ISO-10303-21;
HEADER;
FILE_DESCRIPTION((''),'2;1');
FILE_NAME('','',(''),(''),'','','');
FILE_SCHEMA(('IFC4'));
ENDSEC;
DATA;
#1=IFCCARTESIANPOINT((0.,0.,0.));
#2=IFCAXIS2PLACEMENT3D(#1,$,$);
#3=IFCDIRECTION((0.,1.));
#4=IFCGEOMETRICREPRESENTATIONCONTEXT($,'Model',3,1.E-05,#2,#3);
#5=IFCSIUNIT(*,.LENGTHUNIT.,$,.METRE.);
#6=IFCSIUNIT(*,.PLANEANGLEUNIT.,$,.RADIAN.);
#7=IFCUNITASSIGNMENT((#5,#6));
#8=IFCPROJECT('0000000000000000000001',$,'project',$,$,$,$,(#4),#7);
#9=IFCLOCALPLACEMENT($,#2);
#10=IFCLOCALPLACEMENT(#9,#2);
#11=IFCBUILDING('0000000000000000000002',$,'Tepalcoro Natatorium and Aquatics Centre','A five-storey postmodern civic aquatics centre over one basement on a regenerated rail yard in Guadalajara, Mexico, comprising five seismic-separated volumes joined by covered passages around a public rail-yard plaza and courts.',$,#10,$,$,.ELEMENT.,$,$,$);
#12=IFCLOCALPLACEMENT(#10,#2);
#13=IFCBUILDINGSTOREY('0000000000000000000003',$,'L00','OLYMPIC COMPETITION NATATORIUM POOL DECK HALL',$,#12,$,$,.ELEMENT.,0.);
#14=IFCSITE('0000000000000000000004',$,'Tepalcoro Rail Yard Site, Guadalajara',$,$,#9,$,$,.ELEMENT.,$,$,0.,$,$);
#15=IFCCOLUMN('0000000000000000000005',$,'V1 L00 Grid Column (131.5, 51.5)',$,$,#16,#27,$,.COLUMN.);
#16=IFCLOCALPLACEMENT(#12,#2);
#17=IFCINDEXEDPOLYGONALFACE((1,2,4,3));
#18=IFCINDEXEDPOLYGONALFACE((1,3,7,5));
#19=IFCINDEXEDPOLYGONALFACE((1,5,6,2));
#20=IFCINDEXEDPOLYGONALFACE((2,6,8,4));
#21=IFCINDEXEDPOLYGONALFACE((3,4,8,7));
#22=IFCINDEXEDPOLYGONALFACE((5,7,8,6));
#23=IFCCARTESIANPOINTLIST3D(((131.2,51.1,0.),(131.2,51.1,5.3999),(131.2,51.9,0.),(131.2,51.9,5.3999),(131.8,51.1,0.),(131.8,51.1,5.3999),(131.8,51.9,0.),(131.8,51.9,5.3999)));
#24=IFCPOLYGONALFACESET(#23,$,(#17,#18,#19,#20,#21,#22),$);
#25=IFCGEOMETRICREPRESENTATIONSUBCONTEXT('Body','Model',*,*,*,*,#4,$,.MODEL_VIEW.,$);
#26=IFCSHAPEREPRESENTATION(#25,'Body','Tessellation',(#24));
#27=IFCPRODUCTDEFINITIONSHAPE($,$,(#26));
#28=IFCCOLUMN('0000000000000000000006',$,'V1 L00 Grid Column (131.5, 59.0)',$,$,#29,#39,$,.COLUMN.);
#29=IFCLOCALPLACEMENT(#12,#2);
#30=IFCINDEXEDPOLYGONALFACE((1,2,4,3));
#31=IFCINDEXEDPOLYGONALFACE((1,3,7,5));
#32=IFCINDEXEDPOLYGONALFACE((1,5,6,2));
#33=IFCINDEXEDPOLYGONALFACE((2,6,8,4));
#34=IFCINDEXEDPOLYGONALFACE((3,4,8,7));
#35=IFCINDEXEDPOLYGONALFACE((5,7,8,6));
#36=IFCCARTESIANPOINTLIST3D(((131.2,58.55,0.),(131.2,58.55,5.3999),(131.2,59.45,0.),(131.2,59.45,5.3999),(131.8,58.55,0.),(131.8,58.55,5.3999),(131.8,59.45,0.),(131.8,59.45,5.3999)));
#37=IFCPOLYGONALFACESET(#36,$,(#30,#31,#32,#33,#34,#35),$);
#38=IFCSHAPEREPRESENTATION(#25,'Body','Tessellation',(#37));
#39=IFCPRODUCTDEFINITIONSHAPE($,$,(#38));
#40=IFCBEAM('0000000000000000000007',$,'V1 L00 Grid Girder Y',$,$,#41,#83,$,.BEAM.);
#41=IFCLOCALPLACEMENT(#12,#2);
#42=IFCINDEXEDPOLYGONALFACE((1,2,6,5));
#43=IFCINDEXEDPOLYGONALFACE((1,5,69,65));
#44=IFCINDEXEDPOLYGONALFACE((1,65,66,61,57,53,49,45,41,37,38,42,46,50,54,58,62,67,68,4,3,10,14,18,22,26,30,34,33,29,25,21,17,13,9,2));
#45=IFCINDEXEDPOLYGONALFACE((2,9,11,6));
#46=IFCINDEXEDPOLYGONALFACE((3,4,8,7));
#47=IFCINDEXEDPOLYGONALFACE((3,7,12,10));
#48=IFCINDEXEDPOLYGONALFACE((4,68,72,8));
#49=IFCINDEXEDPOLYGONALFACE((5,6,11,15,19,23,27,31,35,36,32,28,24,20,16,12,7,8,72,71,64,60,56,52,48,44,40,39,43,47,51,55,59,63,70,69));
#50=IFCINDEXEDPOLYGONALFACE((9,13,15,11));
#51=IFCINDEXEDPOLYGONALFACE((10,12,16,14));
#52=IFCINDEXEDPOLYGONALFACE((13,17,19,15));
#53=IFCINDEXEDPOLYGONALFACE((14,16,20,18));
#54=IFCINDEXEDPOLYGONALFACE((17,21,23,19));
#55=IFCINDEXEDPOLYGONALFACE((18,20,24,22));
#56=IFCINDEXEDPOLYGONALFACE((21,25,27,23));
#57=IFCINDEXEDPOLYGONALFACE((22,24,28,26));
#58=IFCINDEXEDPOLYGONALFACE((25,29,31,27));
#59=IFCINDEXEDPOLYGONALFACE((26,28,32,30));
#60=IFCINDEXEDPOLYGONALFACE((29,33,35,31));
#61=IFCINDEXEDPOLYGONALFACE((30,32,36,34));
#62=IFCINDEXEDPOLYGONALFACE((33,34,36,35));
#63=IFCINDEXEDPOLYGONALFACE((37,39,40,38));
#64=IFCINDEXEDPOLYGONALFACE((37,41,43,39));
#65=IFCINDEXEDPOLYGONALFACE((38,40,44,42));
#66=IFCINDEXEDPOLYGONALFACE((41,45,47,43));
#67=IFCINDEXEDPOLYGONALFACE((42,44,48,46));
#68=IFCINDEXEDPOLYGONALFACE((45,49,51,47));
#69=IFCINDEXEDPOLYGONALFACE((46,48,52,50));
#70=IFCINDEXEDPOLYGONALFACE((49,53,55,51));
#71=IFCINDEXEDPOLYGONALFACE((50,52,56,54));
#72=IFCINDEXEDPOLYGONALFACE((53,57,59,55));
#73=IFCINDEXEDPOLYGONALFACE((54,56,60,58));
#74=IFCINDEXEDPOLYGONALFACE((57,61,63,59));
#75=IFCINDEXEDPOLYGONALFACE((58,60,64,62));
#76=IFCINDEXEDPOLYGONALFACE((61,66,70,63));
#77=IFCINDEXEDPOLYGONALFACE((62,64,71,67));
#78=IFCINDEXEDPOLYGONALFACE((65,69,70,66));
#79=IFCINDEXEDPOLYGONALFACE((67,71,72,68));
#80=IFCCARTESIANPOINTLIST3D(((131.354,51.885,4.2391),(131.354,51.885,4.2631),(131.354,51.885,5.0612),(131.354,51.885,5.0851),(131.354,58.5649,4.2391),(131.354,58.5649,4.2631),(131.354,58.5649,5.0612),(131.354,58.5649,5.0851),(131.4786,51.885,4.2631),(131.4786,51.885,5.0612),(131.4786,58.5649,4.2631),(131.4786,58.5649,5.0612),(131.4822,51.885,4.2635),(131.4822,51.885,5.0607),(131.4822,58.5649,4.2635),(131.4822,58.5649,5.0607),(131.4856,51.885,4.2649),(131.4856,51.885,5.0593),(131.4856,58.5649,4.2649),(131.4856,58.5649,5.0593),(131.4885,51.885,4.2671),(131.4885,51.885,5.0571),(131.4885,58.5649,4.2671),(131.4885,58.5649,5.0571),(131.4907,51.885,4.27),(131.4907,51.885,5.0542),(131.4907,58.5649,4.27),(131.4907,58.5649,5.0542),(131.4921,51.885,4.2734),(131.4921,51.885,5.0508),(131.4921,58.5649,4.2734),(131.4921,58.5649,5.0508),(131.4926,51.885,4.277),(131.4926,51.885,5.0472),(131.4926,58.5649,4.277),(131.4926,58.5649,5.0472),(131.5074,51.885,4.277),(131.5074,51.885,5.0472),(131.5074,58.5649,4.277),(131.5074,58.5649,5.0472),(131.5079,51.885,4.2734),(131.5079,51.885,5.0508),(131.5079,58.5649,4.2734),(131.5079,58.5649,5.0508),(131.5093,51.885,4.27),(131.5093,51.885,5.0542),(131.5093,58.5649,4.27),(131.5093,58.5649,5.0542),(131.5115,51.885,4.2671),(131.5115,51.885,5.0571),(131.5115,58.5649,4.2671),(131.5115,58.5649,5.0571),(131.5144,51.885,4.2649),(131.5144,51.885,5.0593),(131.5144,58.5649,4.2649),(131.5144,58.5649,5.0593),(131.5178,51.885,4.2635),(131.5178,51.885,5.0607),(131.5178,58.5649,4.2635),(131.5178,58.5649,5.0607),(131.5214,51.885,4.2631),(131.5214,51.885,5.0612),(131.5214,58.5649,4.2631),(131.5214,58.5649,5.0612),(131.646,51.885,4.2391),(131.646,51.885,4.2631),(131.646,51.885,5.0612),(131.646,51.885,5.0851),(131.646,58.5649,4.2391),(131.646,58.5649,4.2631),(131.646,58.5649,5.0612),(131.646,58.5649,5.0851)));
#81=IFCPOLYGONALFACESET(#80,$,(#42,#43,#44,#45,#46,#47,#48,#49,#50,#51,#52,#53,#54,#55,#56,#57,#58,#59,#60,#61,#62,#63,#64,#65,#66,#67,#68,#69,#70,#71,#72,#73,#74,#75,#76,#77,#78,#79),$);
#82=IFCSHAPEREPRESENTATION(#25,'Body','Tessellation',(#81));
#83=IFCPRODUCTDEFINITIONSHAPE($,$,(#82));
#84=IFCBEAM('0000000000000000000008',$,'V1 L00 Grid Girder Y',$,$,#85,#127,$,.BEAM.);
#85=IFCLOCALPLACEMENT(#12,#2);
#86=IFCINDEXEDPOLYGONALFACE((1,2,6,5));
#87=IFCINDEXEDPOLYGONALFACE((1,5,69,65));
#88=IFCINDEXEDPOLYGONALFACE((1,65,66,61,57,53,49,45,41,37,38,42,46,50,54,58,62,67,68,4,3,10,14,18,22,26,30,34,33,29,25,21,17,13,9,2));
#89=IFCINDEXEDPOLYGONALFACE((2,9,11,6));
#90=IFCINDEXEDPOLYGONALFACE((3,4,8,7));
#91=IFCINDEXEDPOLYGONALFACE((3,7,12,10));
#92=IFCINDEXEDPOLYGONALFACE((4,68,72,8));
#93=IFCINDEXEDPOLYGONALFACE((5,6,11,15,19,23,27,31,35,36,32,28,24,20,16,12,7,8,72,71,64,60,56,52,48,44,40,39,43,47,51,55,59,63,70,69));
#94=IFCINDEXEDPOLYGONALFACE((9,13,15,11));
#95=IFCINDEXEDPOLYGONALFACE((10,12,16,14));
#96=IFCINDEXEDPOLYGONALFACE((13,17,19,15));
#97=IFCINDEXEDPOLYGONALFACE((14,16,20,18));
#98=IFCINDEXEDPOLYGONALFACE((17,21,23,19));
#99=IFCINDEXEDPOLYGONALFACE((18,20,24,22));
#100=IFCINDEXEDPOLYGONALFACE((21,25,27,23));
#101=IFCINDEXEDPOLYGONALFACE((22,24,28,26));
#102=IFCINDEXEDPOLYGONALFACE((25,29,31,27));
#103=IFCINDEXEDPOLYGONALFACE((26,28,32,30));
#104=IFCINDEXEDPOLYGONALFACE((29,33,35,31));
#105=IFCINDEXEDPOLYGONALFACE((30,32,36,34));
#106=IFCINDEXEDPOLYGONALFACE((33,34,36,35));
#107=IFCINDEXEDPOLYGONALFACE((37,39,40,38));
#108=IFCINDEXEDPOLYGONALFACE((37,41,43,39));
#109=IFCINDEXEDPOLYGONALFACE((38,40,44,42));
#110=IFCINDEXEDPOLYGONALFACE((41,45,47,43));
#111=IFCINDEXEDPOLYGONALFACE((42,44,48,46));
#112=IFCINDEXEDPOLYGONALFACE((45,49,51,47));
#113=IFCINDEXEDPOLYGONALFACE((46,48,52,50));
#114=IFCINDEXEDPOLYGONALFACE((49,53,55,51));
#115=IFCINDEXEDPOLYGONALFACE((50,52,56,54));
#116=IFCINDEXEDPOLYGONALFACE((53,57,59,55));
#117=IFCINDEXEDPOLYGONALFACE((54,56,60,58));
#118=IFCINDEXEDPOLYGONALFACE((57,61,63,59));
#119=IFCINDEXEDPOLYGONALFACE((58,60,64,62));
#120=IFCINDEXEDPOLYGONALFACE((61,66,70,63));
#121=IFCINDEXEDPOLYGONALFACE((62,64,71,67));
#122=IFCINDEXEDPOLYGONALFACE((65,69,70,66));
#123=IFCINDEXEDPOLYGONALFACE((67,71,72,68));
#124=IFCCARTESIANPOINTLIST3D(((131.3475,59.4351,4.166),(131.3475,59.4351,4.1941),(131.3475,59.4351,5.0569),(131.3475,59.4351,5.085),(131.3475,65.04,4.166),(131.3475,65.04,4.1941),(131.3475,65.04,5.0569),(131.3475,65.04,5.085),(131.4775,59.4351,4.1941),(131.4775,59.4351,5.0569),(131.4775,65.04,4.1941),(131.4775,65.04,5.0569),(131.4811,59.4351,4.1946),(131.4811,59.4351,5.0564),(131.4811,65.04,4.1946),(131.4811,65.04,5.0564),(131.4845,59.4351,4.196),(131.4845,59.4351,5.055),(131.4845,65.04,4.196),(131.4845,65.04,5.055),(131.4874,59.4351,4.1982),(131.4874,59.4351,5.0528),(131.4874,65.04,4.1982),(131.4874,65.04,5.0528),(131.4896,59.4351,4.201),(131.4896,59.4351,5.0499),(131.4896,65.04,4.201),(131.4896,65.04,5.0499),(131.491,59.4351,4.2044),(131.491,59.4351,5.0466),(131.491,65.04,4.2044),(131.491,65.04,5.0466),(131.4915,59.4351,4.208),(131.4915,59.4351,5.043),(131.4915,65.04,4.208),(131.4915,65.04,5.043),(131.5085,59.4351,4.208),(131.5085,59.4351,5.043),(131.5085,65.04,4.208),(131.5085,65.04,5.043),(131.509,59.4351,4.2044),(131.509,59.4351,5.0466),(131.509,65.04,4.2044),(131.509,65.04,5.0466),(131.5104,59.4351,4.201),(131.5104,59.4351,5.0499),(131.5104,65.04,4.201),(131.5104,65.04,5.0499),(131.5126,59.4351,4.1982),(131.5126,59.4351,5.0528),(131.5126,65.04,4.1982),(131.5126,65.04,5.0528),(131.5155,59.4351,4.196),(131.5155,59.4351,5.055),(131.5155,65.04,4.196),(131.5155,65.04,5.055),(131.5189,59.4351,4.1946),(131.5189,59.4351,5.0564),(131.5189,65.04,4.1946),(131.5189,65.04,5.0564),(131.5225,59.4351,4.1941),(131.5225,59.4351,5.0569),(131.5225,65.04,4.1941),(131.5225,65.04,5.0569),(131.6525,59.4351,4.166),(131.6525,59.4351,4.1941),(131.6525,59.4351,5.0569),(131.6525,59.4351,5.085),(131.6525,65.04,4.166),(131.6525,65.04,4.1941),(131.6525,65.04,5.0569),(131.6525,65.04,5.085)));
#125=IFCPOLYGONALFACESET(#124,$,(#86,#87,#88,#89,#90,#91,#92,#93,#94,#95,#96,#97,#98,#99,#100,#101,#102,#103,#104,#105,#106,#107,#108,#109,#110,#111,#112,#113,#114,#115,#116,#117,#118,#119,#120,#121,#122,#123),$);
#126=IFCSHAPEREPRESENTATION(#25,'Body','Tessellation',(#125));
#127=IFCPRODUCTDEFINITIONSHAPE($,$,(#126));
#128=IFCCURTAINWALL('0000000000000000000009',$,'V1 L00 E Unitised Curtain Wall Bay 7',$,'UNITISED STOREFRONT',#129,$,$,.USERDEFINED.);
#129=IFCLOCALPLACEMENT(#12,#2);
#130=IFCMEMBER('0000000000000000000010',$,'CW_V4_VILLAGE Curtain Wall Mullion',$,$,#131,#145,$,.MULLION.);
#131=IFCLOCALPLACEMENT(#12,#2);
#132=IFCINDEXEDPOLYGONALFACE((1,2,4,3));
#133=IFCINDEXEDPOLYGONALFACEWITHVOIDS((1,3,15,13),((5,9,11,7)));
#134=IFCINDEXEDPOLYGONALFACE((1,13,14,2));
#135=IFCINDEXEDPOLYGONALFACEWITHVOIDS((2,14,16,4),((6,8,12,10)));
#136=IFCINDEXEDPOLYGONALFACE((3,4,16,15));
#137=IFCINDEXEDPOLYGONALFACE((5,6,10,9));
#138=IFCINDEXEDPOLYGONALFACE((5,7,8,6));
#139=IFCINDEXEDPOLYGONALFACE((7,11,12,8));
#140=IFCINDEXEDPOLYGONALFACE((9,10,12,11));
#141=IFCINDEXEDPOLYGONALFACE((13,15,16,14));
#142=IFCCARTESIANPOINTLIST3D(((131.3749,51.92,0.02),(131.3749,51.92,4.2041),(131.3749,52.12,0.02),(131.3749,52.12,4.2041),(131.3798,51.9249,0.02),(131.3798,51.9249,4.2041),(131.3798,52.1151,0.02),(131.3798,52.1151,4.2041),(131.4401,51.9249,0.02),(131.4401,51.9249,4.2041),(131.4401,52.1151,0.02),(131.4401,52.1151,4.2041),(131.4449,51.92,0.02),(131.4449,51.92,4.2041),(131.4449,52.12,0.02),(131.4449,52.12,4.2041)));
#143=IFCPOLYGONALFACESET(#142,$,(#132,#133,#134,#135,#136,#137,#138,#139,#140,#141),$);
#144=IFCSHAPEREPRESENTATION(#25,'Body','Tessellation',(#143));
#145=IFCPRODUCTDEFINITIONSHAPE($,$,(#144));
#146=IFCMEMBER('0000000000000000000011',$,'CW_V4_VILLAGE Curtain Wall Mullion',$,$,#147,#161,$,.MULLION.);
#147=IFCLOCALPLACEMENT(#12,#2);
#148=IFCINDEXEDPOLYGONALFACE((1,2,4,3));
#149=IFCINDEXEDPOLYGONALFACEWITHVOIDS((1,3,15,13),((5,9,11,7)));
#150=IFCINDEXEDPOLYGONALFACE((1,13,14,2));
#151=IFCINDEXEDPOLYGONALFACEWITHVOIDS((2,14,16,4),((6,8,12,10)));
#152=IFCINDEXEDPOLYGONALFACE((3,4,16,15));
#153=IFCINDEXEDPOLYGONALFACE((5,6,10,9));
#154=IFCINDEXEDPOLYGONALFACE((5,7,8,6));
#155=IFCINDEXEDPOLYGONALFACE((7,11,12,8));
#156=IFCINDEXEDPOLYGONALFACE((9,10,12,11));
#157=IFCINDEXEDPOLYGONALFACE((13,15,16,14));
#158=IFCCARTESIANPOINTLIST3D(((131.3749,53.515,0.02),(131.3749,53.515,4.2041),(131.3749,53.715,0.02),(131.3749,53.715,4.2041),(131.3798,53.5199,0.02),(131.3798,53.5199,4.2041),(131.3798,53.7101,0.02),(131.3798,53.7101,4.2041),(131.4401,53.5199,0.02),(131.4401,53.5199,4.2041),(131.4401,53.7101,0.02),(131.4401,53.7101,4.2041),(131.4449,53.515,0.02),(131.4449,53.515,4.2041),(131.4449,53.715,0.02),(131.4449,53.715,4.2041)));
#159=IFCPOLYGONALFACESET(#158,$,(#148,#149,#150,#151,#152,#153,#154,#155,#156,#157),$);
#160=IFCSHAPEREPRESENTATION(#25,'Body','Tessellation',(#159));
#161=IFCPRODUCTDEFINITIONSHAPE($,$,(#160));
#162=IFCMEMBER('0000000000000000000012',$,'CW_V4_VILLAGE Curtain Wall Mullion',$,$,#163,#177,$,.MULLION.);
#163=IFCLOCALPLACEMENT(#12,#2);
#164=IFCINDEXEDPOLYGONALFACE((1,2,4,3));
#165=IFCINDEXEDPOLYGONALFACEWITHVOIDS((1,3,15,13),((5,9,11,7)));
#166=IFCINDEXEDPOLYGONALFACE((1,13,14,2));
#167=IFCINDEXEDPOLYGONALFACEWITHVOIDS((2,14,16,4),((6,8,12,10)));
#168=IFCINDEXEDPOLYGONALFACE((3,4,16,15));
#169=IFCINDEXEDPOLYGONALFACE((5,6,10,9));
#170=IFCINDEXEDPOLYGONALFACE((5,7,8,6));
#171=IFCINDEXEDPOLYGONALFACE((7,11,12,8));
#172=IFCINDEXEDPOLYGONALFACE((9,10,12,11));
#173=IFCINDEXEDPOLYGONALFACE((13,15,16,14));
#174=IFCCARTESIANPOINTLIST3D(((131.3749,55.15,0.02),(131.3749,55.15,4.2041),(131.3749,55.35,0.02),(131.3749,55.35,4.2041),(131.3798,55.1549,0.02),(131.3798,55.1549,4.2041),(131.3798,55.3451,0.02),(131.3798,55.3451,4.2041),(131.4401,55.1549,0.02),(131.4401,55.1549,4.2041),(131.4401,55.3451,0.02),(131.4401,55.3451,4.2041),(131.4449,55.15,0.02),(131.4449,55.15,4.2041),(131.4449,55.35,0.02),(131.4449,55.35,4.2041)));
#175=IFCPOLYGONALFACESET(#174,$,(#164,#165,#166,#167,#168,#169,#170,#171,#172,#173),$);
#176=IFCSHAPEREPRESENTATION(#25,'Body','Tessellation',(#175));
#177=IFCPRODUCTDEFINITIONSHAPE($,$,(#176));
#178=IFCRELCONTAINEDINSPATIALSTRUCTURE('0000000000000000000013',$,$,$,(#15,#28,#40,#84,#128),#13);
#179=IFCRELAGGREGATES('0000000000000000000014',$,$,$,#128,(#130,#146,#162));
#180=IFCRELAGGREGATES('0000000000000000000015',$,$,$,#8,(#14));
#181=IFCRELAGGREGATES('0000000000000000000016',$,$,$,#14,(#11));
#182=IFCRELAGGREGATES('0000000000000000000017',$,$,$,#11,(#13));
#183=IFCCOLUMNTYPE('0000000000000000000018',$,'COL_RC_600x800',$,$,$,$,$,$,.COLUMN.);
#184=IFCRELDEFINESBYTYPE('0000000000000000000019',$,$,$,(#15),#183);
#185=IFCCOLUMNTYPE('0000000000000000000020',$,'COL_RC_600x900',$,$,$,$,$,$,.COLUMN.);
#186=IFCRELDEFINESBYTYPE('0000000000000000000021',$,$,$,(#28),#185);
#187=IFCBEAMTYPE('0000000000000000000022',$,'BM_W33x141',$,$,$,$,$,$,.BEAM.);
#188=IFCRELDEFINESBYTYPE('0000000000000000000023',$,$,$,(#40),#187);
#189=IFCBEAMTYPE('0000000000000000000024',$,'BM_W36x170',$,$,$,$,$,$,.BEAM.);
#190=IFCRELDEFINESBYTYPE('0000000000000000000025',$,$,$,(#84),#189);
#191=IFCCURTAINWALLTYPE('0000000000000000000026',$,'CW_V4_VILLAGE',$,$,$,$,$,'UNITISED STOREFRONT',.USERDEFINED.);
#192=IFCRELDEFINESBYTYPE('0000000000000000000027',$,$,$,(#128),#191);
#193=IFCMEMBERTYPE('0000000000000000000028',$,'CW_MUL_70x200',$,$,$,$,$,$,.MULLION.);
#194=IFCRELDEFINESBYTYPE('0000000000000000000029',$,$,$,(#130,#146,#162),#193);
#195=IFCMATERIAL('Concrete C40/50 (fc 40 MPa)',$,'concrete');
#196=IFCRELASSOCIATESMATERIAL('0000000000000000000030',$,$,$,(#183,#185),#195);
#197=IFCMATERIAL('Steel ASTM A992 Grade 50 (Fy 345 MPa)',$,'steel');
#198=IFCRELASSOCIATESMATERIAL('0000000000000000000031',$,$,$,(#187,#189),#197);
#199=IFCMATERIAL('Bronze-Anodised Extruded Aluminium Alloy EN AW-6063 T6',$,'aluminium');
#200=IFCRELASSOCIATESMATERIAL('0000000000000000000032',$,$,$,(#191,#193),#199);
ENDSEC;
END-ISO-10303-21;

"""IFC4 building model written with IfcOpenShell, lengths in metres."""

from ifc_helpers import new_model, si_unit, direction, frame, origin, origin_2d, place, context, subcontext, project, spatial, rectangle, hollow_rectangle, i_section, extrude, material, material_profile, profile_set, type_object, element, aggregate, save


model = new_model("IFC4")

# Units and contexts
model_context = context("Model", 3, precision=1e-05, world=origin(), true_north=direction((0.0, 1.0)))
body_context = subcontext(model_context, "Body", "Model", "MODEL_VIEW")
ifc_project = project(units=[si_unit("LENGTHUNIT", "METRE"), si_unit("PLANEANGLEUNIT", "RADIAN")], contexts=[model_context])

# Site, building, storey
site_placement = place(None, origin())
site = spatial("IfcSite", under=ifc_project, at=site_placement, Name="Tepalcoro Rail Yard Site, Guadalajara", CompositionType="ELEMENT", RefElevation=0.0)
building_placement = place(site_placement, origin())
building = spatial("IfcBuilding", under=site, at=building_placement, Name="Tepalcoro Natatorium and Aquatics Centre", Description="A five-storey postmodern civic aquatics centre over one basement on a regenerated rail yard in Guadalajara, Mexico, comprising five seismic-separated volumes joined by covered passages around a public rail-yard plaza and courts.", CompositionType="ELEMENT")
storey_placement = place(building_placement, origin())
storey = spatial("IfcBuildingStorey", under=building, at=storey_placement, Name="L00", Description="OLYMPIC COMPETITION NATATORIUM POOL DECK HALL", CompositionType="ELEMENT", Elevation=0.0)

# Columns
ifc_material_1 = material(Name="Concrete C40/50 (fc 40 MPa)", Category="concrete")
ifc_material_profile_1 = material_profile(ifc_material_1, rectangle(XDim=0.6001, YDim=0.8, at=origin_2d()), Name="RC600x800")
ifc_profile_set_1 = profile_set([ifc_material_profile_1], Name="Concrete C40/50 (fc 40 MPa)")
column_type_1 = type_object("IfcColumnType", Name="COL_RC_600x800", PredefinedType="COLUMN", material=ifc_profile_set_1)
column_1_placement = place(storey_placement, frame((131.5, 51.5, 0.0), z_axis=(0.0, 0.0, 1.0), x_axis=(1.0, 0.0, 0.0)))
element("IfcColumn", 1, at=column_1_placement, inside=storey, type_object=column_type_1, Name="V1 L00 Grid Column (131.5, 51.5)", PredefinedType="COLUMN", context=body_context, shape_type="SweptSolid", body=[
    extrude(rectangle(XDim=0.6001, YDim=0.8, at=origin_2d()), origin(), (0.0, 0.0, 1.0), 5.3999),
])
ifc_material_profile_2 = material_profile(ifc_material_1, rectangle(XDim=0.6001, YDim=0.8999, at=origin_2d()), Name="RC600x900")
ifc_profile_set_2 = profile_set([ifc_material_profile_2], Name="Concrete C40/50 (fc 40 MPa)")
column_type_2 = type_object("IfcColumnType", Name="COL_RC_600x900", PredefinedType="COLUMN", material=ifc_profile_set_2)
column_2_placement = place(storey_placement, frame((131.5, 59.0, 0.0), z_axis=(0.0, 0.0, 1.0), x_axis=(1.0, 0.0, 0.0)))
element("IfcColumn", 2, at=column_2_placement, inside=storey, type_object=column_type_2, Name="V1 L00 Grid Column (131.5, 59.0)", PredefinedType="COLUMN", context=body_context, shape_type="SweptSolid", body=[
    extrude(rectangle(XDim=0.6001, YDim=0.8999, at=origin_2d()), origin(), (0.0, 0.0, 1.0), 5.3999),
])

# Beams
ifc_material_2 = material(Name="Steel ASTM A992 Grade 50 (Fy 345 MPa)", Category="steel")
ifc_material_profile_3 = material_profile(ifc_material_2, i_section(OverallWidth=0.292, OverallDepth=0.8459, WebThickness=0.0149, FlangeThickness=0.0239, FilletRadius=0.0139, at=origin_2d()), Name="W33X141")
ifc_profile_set_3 = profile_set([ifc_material_profile_3], Name="Steel ASTM A992 Grade 50 (Fy 345 MPa)")
beam_type_1 = type_object("IfcBeamType", Name="BM_W33x141", PredefinedType="BEAM", material=ifc_profile_set_3)
beam_1_placement = place(storey_placement, frame((131.5, 51.885, 4.6621), z_axis=(0.0, 1.0, 0.0), x_axis=(-1.0, 0.0, 0.0)))
element("IfcBeam", 3, at=beam_1_placement, inside=storey, type_object=beam_type_1, Name="V1 L00 Grid Girder Y", PredefinedType="BEAM", context=body_context, shape_type="SweptSolid", body=[
    extrude(i_section(OverallWidth=0.292, OverallDepth=0.8459, WebThickness=0.0149, FlangeThickness=0.0239, FilletRadius=0.0139, at=origin_2d()), origin(), (0.0, 0.0, 1.0), 6.6799),
])
ifc_material_profile_4 = material_profile(ifc_material_2, i_section(OverallWidth=0.3049, OverallDepth=0.9189, WebThickness=0.0171, FlangeThickness=0.0281, FilletRadius=0.0139, at=origin_2d()), Name="W36X170")
ifc_profile_set_4 = profile_set([ifc_material_profile_4], Name="Steel ASTM A992 Grade 50 (Fy 345 MPa)")
beam_type_2 = type_object("IfcBeamType", Name="BM_W36x170", PredefinedType="BEAM", material=ifc_profile_set_4)
beam_2_placement = place(storey_placement, frame((131.5, 59.4351, 4.6255), z_axis=(0.0, 1.0, 0.0), x_axis=(-1.0, 0.0, 0.0)))
element("IfcBeam", 4, at=beam_2_placement, inside=storey, type_object=beam_type_2, Name="V1 L00 Grid Girder Y", PredefinedType="BEAM", context=body_context, shape_type="SweptSolid", body=[
    extrude(i_section(OverallWidth=0.3049, OverallDepth=0.9189, WebThickness=0.0171, FlangeThickness=0.0281, FilletRadius=0.0139, at=origin_2d()), origin(), (0.0, 0.0, 1.0), 5.605),
])

# Curtain wall, members
ifc_material_3 = material(Name="Bronze-Anodised Extruded Aluminium Alloy EN AW-6063 T6", Category="aluminium")
curtain_wall_type = type_object("IfcCurtainWallType", Name="CW_V4_VILLAGE", ElementType="UNITISED STOREFRONT", PredefinedType="USERDEFINED", material=ifc_material_3)
curtain_wall_placement = place(storey_placement, origin())
curtain_wall = element("IfcCurtainWall", 5, at=curtain_wall_placement, inside=storey, type_object=curtain_wall_type, Name="V1 L00 E Unitised Curtain Wall Bay 7", ObjectType="UNITISED STOREFRONT", PredefinedType="USERDEFINED")
ifc_material_profile_5 = material_profile(ifc_material_3, hollow_rectangle(XDim=0.0701, YDim=0.2, WallThickness=0.0049, at=origin_2d()), Name="AL70X200X5")
ifc_profile_set_5 = profile_set([ifc_material_profile_5], Name="Bronze-Anodised Extruded Aluminium Alloy EN AW-6063 T6")
member_type_1 = type_object("IfcMemberType", Name="CW_MUL_70x200", PredefinedType="MULLION", material=ifc_profile_set_5)
member_1_placement = place(storey_placement, frame((131.4099, 52.02, 0.02), z_axis=(0.0, 0.0, 1.0), x_axis=(1.0, 0.0, 0.0)))
member_1 = element("IfcMember", 6, at=member_1_placement, type_object=member_type_1, Name="CW_V4_VILLAGE Curtain Wall Mullion", PredefinedType="MULLION", context=body_context, shape_type="SweptSolid", body=[
    extrude(hollow_rectangle(XDim=0.0701, YDim=0.2, WallThickness=0.0049, at=origin_2d()), origin(), (0.0, 0.0, 1.0), 4.1841),
])
member_2_placement = place(storey_placement, frame((131.4099, 53.615, 0.02), z_axis=(0.0, 0.0, 1.0), x_axis=(1.0, 0.0, 0.0)))
member_2 = element("IfcMember", 7, at=member_2_placement, type_object=member_type_1, Name="CW_V4_VILLAGE Curtain Wall Mullion", PredefinedType="MULLION", context=body_context, shape_type="SweptSolid", body=[
    extrude(hollow_rectangle(XDim=0.0701, YDim=0.2, WallThickness=0.0049, at=origin_2d()), origin(), (0.0, 0.0, 1.0), 4.1841),
])
member_3_placement = place(storey_placement, frame((131.4099, 55.25, 0.02), z_axis=(0.0, 0.0, 1.0), x_axis=(1.0, 0.0, 0.0)))
member_3 = element("IfcMember", 8, at=member_3_placement, type_object=member_type_1, Name="CW_V4_VILLAGE Curtain Wall Mullion", PredefinedType="MULLION", context=body_context, shape_type="SweptSolid", body=[
    extrude(hollow_rectangle(XDim=0.0701, YDim=0.2, WallThickness=0.0049, at=origin_2d()), origin(), (0.0, 0.0, 1.0), 4.1841),
])

aggregate(curtain_wall, [member_1, member_2, member_3])

save(model, "model.ifc")
